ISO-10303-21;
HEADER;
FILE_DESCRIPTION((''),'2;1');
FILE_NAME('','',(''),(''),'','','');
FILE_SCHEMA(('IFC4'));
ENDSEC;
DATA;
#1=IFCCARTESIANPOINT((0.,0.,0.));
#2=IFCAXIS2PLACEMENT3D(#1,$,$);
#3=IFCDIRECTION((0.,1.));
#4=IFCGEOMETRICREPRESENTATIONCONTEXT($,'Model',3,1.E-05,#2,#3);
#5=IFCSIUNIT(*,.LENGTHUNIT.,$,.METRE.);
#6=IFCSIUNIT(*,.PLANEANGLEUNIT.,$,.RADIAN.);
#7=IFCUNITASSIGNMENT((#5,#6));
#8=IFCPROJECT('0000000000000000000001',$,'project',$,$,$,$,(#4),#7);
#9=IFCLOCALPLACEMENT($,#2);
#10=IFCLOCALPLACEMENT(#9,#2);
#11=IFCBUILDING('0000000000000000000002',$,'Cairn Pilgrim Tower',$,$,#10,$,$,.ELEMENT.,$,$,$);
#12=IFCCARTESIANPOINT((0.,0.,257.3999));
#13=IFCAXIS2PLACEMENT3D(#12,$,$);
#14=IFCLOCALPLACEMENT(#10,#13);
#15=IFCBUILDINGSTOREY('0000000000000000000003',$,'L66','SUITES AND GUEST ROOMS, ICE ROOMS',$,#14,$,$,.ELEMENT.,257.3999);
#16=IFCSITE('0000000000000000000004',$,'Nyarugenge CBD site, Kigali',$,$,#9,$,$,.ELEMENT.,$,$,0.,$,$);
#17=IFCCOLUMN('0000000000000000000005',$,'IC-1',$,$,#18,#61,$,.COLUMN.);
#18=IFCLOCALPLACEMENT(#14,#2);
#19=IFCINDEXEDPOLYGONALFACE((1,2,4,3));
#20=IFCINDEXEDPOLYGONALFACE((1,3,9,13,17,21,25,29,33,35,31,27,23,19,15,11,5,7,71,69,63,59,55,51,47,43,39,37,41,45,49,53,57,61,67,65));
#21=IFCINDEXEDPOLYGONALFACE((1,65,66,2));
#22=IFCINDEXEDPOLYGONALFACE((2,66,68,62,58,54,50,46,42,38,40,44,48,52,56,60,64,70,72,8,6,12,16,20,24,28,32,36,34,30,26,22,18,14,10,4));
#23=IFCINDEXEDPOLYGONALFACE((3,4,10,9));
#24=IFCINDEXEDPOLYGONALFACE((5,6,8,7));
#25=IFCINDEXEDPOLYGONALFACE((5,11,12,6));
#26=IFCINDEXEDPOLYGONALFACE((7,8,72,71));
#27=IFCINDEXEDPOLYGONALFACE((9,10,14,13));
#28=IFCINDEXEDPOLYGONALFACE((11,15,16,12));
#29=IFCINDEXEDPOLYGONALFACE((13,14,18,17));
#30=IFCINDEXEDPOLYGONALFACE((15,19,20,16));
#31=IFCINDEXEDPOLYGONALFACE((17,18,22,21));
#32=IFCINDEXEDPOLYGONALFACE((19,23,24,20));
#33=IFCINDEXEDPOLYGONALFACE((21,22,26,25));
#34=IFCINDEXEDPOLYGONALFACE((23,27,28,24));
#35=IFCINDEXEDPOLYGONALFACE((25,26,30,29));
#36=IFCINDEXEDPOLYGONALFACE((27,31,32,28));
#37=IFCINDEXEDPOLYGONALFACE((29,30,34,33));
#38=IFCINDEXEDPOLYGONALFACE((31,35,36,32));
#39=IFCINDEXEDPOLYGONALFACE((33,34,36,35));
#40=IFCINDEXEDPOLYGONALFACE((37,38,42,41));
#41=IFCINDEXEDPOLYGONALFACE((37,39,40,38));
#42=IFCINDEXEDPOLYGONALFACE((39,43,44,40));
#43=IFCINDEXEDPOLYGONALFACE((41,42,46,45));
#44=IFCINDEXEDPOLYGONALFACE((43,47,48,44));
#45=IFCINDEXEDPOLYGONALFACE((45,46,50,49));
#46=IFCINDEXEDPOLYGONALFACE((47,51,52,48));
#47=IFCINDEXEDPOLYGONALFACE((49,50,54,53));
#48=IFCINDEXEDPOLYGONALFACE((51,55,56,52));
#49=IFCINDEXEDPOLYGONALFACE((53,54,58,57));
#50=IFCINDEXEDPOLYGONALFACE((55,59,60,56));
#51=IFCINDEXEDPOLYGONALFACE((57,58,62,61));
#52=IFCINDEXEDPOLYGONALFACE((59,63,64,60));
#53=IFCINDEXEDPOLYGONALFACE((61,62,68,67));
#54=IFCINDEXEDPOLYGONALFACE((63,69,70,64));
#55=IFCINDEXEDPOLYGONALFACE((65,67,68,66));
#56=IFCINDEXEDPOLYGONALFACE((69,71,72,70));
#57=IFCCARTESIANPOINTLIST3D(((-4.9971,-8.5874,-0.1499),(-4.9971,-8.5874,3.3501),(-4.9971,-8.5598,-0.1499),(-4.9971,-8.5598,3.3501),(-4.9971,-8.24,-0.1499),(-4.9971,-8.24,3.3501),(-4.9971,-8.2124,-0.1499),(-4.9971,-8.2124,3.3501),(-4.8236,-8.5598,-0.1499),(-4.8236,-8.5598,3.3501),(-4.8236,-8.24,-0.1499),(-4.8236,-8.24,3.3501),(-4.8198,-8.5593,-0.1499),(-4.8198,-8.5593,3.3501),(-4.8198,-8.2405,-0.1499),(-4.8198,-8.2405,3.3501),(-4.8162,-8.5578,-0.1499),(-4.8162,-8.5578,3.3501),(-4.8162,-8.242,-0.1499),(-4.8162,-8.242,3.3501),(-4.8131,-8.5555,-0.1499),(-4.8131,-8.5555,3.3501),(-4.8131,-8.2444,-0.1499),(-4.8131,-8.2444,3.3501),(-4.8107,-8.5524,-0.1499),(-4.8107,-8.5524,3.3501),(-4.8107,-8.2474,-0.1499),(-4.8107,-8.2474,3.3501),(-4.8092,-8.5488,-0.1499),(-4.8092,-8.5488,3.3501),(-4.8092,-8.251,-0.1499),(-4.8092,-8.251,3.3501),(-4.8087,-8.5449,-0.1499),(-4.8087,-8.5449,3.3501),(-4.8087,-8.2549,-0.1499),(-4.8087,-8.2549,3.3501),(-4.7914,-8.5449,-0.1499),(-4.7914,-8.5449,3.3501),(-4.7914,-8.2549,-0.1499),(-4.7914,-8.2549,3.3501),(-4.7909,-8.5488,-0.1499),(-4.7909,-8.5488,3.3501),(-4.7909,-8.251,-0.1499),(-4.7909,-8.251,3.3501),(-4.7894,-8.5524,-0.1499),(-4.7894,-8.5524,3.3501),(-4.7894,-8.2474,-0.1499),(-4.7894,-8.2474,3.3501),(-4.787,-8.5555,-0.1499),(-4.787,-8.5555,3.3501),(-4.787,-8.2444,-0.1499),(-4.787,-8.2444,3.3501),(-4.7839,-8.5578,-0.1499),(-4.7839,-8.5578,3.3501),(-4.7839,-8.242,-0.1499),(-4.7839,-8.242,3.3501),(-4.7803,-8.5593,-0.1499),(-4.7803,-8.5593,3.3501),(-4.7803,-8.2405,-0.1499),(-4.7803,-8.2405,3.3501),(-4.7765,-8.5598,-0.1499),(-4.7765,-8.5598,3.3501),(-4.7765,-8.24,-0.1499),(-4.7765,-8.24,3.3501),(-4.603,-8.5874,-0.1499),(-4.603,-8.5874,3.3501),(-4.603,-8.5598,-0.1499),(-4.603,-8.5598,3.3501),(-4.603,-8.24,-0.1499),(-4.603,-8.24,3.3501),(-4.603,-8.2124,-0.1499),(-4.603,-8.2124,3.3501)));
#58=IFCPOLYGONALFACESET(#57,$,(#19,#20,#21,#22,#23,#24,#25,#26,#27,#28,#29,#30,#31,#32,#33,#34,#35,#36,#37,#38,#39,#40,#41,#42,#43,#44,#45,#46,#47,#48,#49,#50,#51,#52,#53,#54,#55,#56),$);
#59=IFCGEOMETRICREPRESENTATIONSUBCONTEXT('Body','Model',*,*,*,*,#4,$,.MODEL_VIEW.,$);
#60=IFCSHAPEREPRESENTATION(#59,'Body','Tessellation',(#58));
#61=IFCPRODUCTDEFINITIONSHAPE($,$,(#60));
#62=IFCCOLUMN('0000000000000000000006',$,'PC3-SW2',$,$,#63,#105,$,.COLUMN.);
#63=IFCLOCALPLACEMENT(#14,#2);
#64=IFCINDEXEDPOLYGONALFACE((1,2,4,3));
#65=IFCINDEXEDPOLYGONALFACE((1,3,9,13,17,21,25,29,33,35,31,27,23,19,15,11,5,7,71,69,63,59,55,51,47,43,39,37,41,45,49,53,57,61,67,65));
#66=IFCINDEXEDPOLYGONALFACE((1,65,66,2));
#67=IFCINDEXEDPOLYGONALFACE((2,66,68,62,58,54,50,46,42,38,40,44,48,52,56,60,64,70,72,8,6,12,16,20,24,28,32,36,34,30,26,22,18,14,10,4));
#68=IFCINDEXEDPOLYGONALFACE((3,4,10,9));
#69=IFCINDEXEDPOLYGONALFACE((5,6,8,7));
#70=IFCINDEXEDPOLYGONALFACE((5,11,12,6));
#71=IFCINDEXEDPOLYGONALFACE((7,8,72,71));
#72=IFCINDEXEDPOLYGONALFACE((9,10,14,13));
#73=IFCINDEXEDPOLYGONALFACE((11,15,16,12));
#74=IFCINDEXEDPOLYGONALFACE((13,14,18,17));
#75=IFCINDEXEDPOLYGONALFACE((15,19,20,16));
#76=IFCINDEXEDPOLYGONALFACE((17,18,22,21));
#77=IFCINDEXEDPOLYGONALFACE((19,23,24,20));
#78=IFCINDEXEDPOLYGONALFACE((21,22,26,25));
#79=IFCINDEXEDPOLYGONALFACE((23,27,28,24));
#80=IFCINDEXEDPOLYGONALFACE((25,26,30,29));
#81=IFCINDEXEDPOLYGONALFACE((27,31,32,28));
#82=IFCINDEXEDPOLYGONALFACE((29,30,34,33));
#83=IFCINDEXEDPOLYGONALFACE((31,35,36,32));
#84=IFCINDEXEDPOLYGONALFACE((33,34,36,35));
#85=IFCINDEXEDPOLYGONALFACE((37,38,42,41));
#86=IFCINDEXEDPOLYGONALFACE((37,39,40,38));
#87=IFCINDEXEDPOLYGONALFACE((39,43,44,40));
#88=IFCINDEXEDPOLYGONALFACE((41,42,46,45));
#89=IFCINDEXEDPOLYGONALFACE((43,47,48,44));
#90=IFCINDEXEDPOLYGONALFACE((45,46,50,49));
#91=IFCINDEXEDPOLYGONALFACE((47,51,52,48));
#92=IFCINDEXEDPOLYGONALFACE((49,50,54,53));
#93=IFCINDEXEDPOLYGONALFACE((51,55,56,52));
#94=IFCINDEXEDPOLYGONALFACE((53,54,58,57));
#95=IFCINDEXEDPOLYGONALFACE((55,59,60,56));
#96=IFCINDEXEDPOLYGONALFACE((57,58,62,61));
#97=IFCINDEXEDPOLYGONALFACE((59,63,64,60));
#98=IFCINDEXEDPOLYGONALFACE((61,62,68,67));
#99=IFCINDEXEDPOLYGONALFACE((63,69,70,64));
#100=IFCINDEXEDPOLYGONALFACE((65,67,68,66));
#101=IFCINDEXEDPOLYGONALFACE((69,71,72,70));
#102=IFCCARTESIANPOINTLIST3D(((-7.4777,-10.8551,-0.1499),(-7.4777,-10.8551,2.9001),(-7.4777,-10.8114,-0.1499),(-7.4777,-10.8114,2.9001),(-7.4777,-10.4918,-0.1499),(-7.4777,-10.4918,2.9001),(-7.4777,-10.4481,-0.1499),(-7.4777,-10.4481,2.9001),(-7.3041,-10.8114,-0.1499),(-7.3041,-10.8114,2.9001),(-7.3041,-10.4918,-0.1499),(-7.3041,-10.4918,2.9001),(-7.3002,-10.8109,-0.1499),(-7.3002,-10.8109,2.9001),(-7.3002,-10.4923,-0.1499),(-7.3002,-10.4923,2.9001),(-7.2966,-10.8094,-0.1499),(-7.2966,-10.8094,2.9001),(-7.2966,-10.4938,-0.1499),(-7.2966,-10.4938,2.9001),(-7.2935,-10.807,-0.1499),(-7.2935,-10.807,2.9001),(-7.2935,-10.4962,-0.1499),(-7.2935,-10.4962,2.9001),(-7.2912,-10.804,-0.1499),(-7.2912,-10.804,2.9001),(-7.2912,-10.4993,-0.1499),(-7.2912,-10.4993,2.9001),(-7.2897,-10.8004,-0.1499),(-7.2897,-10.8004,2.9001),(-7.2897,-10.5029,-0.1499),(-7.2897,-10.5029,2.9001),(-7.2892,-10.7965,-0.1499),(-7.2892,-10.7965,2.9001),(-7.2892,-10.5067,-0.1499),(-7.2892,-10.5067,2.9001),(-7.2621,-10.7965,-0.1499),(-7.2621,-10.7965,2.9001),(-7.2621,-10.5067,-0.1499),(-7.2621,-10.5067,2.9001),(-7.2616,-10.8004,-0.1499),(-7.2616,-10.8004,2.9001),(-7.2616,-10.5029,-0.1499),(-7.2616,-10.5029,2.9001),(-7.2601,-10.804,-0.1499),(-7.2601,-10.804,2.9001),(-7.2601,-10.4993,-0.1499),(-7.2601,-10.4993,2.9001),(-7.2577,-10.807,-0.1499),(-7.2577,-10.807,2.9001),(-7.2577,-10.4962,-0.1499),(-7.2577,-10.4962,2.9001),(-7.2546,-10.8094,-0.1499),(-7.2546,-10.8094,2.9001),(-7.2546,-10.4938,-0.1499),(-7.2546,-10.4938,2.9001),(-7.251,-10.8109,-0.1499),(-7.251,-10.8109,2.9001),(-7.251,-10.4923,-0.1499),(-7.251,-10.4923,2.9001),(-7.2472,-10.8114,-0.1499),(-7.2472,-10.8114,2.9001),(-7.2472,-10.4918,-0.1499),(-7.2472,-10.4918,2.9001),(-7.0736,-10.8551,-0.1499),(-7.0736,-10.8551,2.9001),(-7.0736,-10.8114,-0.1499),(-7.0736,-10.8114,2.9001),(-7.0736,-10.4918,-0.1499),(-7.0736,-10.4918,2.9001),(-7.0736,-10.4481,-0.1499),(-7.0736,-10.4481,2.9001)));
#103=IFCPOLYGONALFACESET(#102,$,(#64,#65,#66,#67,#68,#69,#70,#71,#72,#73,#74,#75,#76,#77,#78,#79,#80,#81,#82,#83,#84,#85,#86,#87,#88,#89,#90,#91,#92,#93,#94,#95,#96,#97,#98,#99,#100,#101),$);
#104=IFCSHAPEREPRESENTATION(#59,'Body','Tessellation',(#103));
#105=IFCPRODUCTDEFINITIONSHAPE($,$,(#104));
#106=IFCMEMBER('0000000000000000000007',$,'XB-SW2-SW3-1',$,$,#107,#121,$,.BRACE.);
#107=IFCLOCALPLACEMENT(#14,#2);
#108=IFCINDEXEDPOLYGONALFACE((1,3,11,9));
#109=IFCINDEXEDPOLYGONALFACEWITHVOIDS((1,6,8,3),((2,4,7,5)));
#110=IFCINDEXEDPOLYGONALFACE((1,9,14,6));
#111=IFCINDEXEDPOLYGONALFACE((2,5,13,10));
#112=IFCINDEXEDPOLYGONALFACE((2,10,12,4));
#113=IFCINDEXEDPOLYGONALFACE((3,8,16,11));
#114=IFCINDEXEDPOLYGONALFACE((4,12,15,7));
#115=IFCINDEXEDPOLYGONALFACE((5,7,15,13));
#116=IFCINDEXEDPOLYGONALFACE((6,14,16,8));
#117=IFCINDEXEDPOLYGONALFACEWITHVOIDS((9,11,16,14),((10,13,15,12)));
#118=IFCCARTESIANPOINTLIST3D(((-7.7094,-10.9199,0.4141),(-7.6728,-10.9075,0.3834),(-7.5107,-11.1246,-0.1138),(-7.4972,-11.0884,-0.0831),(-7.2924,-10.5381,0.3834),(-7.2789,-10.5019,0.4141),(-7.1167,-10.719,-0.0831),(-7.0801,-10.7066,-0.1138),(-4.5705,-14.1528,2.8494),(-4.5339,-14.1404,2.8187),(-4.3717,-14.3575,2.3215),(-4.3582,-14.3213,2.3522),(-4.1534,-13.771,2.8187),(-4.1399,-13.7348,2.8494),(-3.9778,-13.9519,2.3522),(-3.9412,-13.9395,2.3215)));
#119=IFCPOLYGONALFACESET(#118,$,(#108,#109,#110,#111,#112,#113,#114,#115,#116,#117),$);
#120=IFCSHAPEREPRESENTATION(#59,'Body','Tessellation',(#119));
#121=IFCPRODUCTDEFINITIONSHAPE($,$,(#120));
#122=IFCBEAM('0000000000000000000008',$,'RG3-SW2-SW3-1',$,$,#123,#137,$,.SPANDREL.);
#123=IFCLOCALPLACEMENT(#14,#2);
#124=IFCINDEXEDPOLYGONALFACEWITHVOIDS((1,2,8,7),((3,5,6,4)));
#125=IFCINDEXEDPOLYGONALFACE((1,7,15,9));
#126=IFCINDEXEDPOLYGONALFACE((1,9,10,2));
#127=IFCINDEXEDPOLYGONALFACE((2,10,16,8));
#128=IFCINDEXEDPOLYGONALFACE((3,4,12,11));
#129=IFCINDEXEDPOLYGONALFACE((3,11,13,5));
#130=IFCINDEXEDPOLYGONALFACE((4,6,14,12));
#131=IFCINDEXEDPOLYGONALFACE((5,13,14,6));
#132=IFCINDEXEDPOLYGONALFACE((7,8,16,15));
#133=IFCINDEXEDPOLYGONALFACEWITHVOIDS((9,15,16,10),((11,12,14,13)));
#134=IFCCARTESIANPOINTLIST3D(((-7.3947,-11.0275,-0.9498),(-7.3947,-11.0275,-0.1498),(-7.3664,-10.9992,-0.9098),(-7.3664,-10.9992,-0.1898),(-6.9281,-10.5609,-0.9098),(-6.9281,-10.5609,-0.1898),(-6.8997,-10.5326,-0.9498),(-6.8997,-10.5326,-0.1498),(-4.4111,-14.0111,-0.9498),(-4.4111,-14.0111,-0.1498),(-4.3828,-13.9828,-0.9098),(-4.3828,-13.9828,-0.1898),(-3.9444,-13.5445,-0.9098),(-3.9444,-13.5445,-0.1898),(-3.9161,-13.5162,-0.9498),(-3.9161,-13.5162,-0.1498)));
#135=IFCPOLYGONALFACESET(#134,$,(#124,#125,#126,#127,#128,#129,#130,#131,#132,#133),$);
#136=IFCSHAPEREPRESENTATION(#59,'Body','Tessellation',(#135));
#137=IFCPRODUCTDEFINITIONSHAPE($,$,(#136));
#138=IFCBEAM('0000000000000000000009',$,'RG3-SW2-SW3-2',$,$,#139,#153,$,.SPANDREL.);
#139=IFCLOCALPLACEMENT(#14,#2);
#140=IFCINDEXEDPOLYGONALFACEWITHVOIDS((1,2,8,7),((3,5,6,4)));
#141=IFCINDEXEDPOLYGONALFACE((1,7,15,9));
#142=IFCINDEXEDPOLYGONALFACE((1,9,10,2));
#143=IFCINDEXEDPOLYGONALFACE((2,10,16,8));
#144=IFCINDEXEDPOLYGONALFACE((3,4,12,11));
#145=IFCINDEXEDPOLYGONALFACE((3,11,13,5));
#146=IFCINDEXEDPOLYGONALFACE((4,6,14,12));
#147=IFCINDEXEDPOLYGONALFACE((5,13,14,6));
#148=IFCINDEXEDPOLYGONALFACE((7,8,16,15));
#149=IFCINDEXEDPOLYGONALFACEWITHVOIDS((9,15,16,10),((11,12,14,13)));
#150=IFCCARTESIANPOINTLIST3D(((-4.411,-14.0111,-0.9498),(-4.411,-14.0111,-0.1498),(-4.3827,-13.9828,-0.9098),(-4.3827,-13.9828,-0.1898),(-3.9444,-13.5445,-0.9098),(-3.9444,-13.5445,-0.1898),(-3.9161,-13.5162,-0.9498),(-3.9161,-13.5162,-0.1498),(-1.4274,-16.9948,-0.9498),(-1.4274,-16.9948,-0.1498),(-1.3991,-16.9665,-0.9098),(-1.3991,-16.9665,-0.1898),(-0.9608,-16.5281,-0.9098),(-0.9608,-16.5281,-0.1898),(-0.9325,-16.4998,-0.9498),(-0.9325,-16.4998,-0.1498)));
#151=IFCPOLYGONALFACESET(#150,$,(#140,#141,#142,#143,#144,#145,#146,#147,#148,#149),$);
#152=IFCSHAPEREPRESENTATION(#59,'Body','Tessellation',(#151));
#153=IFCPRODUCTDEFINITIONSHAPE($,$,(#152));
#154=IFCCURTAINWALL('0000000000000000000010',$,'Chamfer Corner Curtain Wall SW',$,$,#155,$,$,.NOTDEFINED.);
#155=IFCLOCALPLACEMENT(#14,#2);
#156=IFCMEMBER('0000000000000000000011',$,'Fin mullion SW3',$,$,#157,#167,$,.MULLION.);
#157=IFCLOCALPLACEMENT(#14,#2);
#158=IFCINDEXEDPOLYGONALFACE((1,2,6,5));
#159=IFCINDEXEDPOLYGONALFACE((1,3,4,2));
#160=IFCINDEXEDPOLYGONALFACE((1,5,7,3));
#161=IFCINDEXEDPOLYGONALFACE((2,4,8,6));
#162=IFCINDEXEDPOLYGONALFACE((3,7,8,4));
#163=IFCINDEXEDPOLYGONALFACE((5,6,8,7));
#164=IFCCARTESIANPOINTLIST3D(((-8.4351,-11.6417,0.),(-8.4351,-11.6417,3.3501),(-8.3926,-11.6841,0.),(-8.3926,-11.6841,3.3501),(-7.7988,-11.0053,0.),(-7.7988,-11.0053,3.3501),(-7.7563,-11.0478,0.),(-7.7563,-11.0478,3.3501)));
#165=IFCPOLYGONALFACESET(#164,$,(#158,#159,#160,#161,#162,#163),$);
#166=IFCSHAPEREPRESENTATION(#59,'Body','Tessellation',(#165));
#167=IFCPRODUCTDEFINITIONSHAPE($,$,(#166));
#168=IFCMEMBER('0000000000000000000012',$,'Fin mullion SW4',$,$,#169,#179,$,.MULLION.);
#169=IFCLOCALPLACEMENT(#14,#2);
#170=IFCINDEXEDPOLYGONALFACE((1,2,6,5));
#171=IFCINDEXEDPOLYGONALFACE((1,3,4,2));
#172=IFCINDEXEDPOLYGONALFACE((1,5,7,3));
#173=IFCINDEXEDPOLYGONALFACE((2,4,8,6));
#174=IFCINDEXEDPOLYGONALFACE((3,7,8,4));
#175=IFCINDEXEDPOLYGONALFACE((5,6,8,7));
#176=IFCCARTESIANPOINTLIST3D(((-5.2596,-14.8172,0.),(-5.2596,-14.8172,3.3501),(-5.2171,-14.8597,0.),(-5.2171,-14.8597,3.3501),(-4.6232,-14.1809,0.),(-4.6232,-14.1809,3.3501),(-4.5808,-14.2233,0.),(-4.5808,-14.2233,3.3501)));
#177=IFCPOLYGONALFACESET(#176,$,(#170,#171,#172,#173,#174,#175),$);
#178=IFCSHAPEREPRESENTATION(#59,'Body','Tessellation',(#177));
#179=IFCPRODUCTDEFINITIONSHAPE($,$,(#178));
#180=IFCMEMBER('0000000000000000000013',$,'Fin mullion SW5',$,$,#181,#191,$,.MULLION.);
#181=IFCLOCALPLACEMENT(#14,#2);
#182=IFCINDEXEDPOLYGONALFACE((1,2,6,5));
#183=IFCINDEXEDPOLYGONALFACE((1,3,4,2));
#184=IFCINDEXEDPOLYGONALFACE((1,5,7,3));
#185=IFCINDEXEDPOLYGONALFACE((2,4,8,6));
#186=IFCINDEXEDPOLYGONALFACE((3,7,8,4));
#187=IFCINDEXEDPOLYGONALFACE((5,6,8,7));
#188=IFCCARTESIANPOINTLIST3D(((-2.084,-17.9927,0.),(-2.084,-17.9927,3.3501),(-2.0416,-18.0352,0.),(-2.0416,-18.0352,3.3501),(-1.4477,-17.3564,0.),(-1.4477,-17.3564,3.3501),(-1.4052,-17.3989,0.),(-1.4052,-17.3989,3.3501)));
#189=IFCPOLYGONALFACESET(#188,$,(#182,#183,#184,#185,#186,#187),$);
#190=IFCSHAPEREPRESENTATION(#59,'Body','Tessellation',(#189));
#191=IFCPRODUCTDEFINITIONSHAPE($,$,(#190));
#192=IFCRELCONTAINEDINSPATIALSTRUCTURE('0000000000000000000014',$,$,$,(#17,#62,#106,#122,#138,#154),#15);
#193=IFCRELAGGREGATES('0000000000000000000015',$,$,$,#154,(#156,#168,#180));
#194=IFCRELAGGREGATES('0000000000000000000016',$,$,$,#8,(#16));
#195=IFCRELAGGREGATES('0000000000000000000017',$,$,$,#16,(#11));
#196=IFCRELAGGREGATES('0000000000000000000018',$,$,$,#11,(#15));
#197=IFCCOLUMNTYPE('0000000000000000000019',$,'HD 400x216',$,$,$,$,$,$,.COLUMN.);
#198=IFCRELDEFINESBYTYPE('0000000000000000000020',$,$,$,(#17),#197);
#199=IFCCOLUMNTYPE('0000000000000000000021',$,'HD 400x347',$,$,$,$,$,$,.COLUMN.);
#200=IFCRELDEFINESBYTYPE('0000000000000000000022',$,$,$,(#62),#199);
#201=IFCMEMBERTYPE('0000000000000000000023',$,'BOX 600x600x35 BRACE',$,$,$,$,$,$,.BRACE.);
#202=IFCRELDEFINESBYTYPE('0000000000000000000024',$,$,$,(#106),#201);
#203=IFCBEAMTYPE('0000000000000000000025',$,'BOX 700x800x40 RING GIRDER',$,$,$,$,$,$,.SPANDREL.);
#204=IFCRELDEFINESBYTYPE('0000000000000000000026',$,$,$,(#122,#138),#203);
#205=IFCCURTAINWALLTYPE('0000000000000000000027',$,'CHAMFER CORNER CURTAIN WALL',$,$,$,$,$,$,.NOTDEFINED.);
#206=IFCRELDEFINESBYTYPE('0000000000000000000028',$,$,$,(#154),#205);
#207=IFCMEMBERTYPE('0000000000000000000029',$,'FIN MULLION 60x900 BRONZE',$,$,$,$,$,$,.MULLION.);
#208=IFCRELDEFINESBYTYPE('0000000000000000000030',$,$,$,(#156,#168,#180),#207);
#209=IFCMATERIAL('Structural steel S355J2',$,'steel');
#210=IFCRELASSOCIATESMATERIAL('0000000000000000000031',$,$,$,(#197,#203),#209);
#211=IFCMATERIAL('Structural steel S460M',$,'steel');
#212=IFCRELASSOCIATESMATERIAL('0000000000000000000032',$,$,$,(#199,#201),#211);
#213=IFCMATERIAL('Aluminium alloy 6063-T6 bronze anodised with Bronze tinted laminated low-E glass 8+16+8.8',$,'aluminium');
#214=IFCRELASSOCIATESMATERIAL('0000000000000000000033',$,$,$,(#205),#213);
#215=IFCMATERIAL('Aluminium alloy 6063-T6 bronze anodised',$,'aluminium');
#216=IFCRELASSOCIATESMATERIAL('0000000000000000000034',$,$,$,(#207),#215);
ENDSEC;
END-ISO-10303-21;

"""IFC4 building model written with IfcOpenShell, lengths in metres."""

from ifc_helpers import new_model, si_unit, direction, frame, origin, origin_2d, place, context, subcontext, project, spatial, rectangle, hollow_rectangle, i_section, extrude, clip, halfspace, material, material_profile, profile_set, type_object, element, aggregate, save


model = new_model("IFC4")

# Units and contexts
model_context = context("Model", 3, precision=1e-05, world=origin(), true_north=direction((0.0, 1.0)))
body_context = subcontext(model_context, "Body", "Model", "MODEL_VIEW")
ifc_project = project(units=[si_unit("LENGTHUNIT", "METRE"), si_unit("PLANEANGLEUNIT", "RADIAN")], contexts=[model_context])

# Site, building, storey
site_placement = place(None, origin())
site = spatial("IfcSite", under=ifc_project, at=site_placement, Name="Nyarugenge CBD site, Kigali", CompositionType="ELEMENT", RefElevation=0.0)
building_placement = place(site_placement, origin())
building = spatial("IfcBuilding", under=site, at=building_placement, Name="Cairn Pilgrim Tower", CompositionType="ELEMENT")
storey_placement = place(building_placement, frame((0.0, 0.0, 257.3999)))
storey = spatial("IfcBuildingStorey", under=building, at=storey_placement, Name="L66", Description="SUITES AND GUEST ROOMS, ICE ROOMS", CompositionType="ELEMENT", Elevation=257.3999)

# Columns
ifc_material_1 = material(Name="Structural steel S355J2", Category="steel")
ifc_material_profile_1 = material_profile(ifc_material_1, i_section(OverallWidth=0.394, OverallDepth=0.375, WebThickness=0.0173, FlangeThickness=0.0276, FilletRadius=0.0149, at=origin_2d()), Name="HD 400x216")
ifc_profile_set_1 = profile_set([ifc_material_profile_1], Name="Structural steel S355J2")
column_type_1 = type_object("IfcColumnType", Name="HD 400x216", PredefinedType="COLUMN", material=ifc_profile_set_1)
column_1_placement = place(storey_placement, frame((-4.8, -8.3999, -0.1499), z_axis=(0.0, 0.0, 1.0), x_axis=(1.0, 0.0, 0.0)))
element("IfcColumn", 1, at=column_1_placement, inside=storey, type_object=column_type_1, Name="IC-1", PredefinedType="COLUMN", context=body_context, shape_type="SweptSolid", body=[
    extrude(i_section(OverallWidth=0.394, OverallDepth=0.375, WebThickness=0.0173, FlangeThickness=0.0276, FilletRadius=0.0149, at=origin_2d()), origin(), (0.0, 0.0, 1.0), 3.5),
])
ifc_material_2 = material(Name="Structural steel S460M", Category="steel")
ifc_material_profile_2 = material_profile(ifc_material_2, i_section(OverallWidth=0.4041, OverallDepth=0.407, WebThickness=0.0271, FlangeThickness=0.0437, FilletRadius=0.0149, at=origin_2d()), Name="HD 400x347")
ifc_profile_set_2 = profile_set([ifc_material_profile_2], Name="Structural steel S460M")
column_type_2 = type_object("IfcColumnType", Name="HD 400x347", PredefinedType="COLUMN", material=ifc_profile_set_2)
column_2_placement = place(storey_placement, frame((-7.2756, -10.6516, -0.1499), z_axis=(0.0, 0.0, 1.0), x_axis=(1.0, 0.0, 0.0)))
element("IfcColumn", 2, at=column_2_placement, inside=storey, type_object=column_type_2, Name="PC3-SW2", PredefinedType="COLUMN", context=body_context, shape_type="Clipping", body=[
    clip(extrude(i_section(OverallWidth=0.4041, OverallDepth=0.407, WebThickness=0.0271, FlangeThickness=0.0437, FilletRadius=0.0149, at=origin_2d()), origin(), (0.0, 0.0, 1.0), 3.5), halfspace(frame((0.0, 0.0, 3.05), z_axis=(0.0, 0.0, 1.0), x_axis=(1.0, 0.0, 0.0)), False)),
])

# Member
ifc_material_profile_3 = material_profile(ifc_material_2, hollow_rectangle(XDim=0.6001, YDim=0.6001, WallThickness=0.0349, at=origin_2d()), Name="BOX 600x600x35")
ifc_profile_set_3 = profile_set([ifc_material_profile_3], Name="Structural steel S460M")
member_type_1 = type_object("IfcMemberType", Name="BOX 600x600x35 BRACE", PredefinedType="BRACE", material=ifc_profile_set_3)
member_1_placement = place(storey_placement, frame((-7.3948, -10.8132, 0.1501), z_axis=(0.612826, -0.631177, 0.475456), x_axis=(0.71746, 0.6966, 0.0)))
element("IfcMember", 3, at=member_1_placement, inside=storey, type_object=member_type_1, Name="XB-SW2-SW3-1", PredefinedType="BRACE", context=body_context, shape_type="SweptSolid", body=[
    extrude(hollow_rectangle(XDim=0.6001, YDim=0.6001, WallThickness=0.0349, at=origin_2d()), origin(), (0.0, 0.0, 1.0), 5.1221),
])

# Beams
ifc_material_profile_4 = material_profile(ifc_material_1, hollow_rectangle(XDim=0.7, YDim=0.8, WallThickness=0.04, at=origin_2d()), Name="BOX 700x800x40")
ifc_profile_set_4 = profile_set([ifc_material_profile_4], Name="Structural steel S355J2")
beam_type_1 = type_object("IfcBeamType", Name="BOX 700x800x40 RING GIRDER", PredefinedType="SPANDREL", material=ifc_profile_set_4)
for number, where, z_axis, x_axis, name in (
    (4, (-7.1472, -10.78, -0.5498), (0.707107, -0.707107, 0.0), (0.707107, 0.707107, 0.0), "RG3-SW2-SW3-1"),
    (5, (-4.1636, -13.7637, -0.5498), (0.707107, -0.707107, 0.0), (0.707107, 0.707107, 0.0), "RG3-SW2-SW3-2"),
):
    element("IfcBeam", number, at=place(storey_placement, frame(where, z_axis=z_axis, x_axis=x_axis)), inside=storey, type_object=beam_type_1, Name=name, PredefinedType="SPANDREL", context=body_context, shape_type="SweptSolid", body=[
        extrude(hollow_rectangle(XDim=0.7, YDim=0.8, WallThickness=0.04, at=origin_2d()), origin(), (0.0, 0.0, 1.0), 4.2195),
    ])

# Curtain wall, members
ifc_material_3 = material(Name="Aluminium alloy 6063-T6 bronze anodised with Bronze tinted laminated low-E glass 8+16+8.8", Category="aluminium")
curtain_wall_type = type_object("IfcCurtainWallType", Name="CHAMFER CORNER CURTAIN WALL", PredefinedType="NOTDEFINED", material=ifc_material_3)
curtain_wall_placement = place(storey_placement, origin())
curtain_wall = element("IfcCurtainWall", 6, at=curtain_wall_placement, inside=storey, type_object=curtain_wall_type, Name="Chamfer Corner Curtain Wall SW", PredefinedType="NOTDEFINED")
ifc_material_4 = material(Name="Aluminium alloy 6063-T6 bronze anodised", Category="aluminium")
ifc_material_profile_5 = material_profile(ifc_material_4, rectangle(XDim=0.8999, YDim=0.0601, at=origin_2d()), Name="FIN MULLION 60x900 BRONZE")
ifc_profile_set_5 = profile_set([ifc_material_profile_5], Name="Aluminium alloy 6063-T6 bronze anodised")
member_type_2 = type_object("IfcMemberType", Name="FIN MULLION 60x900 BRONZE", PredefinedType="MULLION", material=ifc_profile_set_5)
member_2_placement = place(storey_placement, frame((-8.0957, -11.3447, 0.0), z_axis=(0.0, 0.0, 1.0), x_axis=(-0.707107, -0.707107, 0.0)))
member_2 = element("IfcMember", 7, at=member_2_placement, type_object=member_type_2, Name="Fin mullion SW3", PredefinedType="MULLION", context=body_context, shape_type="SweptSolid", body=[
    extrude(rectangle(XDim=0.8999, YDim=0.0601, at=origin_2d()), origin(), (0.0, 0.0, 1.0), 3.3501),
])
member_3_placement = place(storey_placement, frame((-4.9202, -14.5203, 0.0), z_axis=(0.0, 0.0, 1.0), x_axis=(-0.707107, -0.707107, 0.0)))
member_3 = element("IfcMember", 8, at=member_3_placement, type_object=member_type_2, Name="Fin mullion SW4", PredefinedType="MULLION", context=body_context, shape_type="SweptSolid", body=[
    extrude(rectangle(XDim=0.8999, YDim=0.0601, at=origin_2d()), origin(), (0.0, 0.0, 1.0), 3.3501),
])
member_4_placement = place(storey_placement, frame((-1.7446, -17.6958, 0.0), z_axis=(0.0, 0.0, 1.0), x_axis=(-0.707107, -0.707107, 0.0)))
member_4 = element("IfcMember", 9, at=member_4_placement, type_object=member_type_2, Name="Fin mullion SW5", PredefinedType="MULLION", context=body_context, shape_type="SweptSolid", body=[
    extrude(rectangle(XDim=0.8999, YDim=0.0601, at=origin_2d()), origin(), (0.0, 0.0, 1.0), 3.3501),
])

aggregate(curtain_wall, [member_2, member_3, member_4])

save(model, "model.ifc")
